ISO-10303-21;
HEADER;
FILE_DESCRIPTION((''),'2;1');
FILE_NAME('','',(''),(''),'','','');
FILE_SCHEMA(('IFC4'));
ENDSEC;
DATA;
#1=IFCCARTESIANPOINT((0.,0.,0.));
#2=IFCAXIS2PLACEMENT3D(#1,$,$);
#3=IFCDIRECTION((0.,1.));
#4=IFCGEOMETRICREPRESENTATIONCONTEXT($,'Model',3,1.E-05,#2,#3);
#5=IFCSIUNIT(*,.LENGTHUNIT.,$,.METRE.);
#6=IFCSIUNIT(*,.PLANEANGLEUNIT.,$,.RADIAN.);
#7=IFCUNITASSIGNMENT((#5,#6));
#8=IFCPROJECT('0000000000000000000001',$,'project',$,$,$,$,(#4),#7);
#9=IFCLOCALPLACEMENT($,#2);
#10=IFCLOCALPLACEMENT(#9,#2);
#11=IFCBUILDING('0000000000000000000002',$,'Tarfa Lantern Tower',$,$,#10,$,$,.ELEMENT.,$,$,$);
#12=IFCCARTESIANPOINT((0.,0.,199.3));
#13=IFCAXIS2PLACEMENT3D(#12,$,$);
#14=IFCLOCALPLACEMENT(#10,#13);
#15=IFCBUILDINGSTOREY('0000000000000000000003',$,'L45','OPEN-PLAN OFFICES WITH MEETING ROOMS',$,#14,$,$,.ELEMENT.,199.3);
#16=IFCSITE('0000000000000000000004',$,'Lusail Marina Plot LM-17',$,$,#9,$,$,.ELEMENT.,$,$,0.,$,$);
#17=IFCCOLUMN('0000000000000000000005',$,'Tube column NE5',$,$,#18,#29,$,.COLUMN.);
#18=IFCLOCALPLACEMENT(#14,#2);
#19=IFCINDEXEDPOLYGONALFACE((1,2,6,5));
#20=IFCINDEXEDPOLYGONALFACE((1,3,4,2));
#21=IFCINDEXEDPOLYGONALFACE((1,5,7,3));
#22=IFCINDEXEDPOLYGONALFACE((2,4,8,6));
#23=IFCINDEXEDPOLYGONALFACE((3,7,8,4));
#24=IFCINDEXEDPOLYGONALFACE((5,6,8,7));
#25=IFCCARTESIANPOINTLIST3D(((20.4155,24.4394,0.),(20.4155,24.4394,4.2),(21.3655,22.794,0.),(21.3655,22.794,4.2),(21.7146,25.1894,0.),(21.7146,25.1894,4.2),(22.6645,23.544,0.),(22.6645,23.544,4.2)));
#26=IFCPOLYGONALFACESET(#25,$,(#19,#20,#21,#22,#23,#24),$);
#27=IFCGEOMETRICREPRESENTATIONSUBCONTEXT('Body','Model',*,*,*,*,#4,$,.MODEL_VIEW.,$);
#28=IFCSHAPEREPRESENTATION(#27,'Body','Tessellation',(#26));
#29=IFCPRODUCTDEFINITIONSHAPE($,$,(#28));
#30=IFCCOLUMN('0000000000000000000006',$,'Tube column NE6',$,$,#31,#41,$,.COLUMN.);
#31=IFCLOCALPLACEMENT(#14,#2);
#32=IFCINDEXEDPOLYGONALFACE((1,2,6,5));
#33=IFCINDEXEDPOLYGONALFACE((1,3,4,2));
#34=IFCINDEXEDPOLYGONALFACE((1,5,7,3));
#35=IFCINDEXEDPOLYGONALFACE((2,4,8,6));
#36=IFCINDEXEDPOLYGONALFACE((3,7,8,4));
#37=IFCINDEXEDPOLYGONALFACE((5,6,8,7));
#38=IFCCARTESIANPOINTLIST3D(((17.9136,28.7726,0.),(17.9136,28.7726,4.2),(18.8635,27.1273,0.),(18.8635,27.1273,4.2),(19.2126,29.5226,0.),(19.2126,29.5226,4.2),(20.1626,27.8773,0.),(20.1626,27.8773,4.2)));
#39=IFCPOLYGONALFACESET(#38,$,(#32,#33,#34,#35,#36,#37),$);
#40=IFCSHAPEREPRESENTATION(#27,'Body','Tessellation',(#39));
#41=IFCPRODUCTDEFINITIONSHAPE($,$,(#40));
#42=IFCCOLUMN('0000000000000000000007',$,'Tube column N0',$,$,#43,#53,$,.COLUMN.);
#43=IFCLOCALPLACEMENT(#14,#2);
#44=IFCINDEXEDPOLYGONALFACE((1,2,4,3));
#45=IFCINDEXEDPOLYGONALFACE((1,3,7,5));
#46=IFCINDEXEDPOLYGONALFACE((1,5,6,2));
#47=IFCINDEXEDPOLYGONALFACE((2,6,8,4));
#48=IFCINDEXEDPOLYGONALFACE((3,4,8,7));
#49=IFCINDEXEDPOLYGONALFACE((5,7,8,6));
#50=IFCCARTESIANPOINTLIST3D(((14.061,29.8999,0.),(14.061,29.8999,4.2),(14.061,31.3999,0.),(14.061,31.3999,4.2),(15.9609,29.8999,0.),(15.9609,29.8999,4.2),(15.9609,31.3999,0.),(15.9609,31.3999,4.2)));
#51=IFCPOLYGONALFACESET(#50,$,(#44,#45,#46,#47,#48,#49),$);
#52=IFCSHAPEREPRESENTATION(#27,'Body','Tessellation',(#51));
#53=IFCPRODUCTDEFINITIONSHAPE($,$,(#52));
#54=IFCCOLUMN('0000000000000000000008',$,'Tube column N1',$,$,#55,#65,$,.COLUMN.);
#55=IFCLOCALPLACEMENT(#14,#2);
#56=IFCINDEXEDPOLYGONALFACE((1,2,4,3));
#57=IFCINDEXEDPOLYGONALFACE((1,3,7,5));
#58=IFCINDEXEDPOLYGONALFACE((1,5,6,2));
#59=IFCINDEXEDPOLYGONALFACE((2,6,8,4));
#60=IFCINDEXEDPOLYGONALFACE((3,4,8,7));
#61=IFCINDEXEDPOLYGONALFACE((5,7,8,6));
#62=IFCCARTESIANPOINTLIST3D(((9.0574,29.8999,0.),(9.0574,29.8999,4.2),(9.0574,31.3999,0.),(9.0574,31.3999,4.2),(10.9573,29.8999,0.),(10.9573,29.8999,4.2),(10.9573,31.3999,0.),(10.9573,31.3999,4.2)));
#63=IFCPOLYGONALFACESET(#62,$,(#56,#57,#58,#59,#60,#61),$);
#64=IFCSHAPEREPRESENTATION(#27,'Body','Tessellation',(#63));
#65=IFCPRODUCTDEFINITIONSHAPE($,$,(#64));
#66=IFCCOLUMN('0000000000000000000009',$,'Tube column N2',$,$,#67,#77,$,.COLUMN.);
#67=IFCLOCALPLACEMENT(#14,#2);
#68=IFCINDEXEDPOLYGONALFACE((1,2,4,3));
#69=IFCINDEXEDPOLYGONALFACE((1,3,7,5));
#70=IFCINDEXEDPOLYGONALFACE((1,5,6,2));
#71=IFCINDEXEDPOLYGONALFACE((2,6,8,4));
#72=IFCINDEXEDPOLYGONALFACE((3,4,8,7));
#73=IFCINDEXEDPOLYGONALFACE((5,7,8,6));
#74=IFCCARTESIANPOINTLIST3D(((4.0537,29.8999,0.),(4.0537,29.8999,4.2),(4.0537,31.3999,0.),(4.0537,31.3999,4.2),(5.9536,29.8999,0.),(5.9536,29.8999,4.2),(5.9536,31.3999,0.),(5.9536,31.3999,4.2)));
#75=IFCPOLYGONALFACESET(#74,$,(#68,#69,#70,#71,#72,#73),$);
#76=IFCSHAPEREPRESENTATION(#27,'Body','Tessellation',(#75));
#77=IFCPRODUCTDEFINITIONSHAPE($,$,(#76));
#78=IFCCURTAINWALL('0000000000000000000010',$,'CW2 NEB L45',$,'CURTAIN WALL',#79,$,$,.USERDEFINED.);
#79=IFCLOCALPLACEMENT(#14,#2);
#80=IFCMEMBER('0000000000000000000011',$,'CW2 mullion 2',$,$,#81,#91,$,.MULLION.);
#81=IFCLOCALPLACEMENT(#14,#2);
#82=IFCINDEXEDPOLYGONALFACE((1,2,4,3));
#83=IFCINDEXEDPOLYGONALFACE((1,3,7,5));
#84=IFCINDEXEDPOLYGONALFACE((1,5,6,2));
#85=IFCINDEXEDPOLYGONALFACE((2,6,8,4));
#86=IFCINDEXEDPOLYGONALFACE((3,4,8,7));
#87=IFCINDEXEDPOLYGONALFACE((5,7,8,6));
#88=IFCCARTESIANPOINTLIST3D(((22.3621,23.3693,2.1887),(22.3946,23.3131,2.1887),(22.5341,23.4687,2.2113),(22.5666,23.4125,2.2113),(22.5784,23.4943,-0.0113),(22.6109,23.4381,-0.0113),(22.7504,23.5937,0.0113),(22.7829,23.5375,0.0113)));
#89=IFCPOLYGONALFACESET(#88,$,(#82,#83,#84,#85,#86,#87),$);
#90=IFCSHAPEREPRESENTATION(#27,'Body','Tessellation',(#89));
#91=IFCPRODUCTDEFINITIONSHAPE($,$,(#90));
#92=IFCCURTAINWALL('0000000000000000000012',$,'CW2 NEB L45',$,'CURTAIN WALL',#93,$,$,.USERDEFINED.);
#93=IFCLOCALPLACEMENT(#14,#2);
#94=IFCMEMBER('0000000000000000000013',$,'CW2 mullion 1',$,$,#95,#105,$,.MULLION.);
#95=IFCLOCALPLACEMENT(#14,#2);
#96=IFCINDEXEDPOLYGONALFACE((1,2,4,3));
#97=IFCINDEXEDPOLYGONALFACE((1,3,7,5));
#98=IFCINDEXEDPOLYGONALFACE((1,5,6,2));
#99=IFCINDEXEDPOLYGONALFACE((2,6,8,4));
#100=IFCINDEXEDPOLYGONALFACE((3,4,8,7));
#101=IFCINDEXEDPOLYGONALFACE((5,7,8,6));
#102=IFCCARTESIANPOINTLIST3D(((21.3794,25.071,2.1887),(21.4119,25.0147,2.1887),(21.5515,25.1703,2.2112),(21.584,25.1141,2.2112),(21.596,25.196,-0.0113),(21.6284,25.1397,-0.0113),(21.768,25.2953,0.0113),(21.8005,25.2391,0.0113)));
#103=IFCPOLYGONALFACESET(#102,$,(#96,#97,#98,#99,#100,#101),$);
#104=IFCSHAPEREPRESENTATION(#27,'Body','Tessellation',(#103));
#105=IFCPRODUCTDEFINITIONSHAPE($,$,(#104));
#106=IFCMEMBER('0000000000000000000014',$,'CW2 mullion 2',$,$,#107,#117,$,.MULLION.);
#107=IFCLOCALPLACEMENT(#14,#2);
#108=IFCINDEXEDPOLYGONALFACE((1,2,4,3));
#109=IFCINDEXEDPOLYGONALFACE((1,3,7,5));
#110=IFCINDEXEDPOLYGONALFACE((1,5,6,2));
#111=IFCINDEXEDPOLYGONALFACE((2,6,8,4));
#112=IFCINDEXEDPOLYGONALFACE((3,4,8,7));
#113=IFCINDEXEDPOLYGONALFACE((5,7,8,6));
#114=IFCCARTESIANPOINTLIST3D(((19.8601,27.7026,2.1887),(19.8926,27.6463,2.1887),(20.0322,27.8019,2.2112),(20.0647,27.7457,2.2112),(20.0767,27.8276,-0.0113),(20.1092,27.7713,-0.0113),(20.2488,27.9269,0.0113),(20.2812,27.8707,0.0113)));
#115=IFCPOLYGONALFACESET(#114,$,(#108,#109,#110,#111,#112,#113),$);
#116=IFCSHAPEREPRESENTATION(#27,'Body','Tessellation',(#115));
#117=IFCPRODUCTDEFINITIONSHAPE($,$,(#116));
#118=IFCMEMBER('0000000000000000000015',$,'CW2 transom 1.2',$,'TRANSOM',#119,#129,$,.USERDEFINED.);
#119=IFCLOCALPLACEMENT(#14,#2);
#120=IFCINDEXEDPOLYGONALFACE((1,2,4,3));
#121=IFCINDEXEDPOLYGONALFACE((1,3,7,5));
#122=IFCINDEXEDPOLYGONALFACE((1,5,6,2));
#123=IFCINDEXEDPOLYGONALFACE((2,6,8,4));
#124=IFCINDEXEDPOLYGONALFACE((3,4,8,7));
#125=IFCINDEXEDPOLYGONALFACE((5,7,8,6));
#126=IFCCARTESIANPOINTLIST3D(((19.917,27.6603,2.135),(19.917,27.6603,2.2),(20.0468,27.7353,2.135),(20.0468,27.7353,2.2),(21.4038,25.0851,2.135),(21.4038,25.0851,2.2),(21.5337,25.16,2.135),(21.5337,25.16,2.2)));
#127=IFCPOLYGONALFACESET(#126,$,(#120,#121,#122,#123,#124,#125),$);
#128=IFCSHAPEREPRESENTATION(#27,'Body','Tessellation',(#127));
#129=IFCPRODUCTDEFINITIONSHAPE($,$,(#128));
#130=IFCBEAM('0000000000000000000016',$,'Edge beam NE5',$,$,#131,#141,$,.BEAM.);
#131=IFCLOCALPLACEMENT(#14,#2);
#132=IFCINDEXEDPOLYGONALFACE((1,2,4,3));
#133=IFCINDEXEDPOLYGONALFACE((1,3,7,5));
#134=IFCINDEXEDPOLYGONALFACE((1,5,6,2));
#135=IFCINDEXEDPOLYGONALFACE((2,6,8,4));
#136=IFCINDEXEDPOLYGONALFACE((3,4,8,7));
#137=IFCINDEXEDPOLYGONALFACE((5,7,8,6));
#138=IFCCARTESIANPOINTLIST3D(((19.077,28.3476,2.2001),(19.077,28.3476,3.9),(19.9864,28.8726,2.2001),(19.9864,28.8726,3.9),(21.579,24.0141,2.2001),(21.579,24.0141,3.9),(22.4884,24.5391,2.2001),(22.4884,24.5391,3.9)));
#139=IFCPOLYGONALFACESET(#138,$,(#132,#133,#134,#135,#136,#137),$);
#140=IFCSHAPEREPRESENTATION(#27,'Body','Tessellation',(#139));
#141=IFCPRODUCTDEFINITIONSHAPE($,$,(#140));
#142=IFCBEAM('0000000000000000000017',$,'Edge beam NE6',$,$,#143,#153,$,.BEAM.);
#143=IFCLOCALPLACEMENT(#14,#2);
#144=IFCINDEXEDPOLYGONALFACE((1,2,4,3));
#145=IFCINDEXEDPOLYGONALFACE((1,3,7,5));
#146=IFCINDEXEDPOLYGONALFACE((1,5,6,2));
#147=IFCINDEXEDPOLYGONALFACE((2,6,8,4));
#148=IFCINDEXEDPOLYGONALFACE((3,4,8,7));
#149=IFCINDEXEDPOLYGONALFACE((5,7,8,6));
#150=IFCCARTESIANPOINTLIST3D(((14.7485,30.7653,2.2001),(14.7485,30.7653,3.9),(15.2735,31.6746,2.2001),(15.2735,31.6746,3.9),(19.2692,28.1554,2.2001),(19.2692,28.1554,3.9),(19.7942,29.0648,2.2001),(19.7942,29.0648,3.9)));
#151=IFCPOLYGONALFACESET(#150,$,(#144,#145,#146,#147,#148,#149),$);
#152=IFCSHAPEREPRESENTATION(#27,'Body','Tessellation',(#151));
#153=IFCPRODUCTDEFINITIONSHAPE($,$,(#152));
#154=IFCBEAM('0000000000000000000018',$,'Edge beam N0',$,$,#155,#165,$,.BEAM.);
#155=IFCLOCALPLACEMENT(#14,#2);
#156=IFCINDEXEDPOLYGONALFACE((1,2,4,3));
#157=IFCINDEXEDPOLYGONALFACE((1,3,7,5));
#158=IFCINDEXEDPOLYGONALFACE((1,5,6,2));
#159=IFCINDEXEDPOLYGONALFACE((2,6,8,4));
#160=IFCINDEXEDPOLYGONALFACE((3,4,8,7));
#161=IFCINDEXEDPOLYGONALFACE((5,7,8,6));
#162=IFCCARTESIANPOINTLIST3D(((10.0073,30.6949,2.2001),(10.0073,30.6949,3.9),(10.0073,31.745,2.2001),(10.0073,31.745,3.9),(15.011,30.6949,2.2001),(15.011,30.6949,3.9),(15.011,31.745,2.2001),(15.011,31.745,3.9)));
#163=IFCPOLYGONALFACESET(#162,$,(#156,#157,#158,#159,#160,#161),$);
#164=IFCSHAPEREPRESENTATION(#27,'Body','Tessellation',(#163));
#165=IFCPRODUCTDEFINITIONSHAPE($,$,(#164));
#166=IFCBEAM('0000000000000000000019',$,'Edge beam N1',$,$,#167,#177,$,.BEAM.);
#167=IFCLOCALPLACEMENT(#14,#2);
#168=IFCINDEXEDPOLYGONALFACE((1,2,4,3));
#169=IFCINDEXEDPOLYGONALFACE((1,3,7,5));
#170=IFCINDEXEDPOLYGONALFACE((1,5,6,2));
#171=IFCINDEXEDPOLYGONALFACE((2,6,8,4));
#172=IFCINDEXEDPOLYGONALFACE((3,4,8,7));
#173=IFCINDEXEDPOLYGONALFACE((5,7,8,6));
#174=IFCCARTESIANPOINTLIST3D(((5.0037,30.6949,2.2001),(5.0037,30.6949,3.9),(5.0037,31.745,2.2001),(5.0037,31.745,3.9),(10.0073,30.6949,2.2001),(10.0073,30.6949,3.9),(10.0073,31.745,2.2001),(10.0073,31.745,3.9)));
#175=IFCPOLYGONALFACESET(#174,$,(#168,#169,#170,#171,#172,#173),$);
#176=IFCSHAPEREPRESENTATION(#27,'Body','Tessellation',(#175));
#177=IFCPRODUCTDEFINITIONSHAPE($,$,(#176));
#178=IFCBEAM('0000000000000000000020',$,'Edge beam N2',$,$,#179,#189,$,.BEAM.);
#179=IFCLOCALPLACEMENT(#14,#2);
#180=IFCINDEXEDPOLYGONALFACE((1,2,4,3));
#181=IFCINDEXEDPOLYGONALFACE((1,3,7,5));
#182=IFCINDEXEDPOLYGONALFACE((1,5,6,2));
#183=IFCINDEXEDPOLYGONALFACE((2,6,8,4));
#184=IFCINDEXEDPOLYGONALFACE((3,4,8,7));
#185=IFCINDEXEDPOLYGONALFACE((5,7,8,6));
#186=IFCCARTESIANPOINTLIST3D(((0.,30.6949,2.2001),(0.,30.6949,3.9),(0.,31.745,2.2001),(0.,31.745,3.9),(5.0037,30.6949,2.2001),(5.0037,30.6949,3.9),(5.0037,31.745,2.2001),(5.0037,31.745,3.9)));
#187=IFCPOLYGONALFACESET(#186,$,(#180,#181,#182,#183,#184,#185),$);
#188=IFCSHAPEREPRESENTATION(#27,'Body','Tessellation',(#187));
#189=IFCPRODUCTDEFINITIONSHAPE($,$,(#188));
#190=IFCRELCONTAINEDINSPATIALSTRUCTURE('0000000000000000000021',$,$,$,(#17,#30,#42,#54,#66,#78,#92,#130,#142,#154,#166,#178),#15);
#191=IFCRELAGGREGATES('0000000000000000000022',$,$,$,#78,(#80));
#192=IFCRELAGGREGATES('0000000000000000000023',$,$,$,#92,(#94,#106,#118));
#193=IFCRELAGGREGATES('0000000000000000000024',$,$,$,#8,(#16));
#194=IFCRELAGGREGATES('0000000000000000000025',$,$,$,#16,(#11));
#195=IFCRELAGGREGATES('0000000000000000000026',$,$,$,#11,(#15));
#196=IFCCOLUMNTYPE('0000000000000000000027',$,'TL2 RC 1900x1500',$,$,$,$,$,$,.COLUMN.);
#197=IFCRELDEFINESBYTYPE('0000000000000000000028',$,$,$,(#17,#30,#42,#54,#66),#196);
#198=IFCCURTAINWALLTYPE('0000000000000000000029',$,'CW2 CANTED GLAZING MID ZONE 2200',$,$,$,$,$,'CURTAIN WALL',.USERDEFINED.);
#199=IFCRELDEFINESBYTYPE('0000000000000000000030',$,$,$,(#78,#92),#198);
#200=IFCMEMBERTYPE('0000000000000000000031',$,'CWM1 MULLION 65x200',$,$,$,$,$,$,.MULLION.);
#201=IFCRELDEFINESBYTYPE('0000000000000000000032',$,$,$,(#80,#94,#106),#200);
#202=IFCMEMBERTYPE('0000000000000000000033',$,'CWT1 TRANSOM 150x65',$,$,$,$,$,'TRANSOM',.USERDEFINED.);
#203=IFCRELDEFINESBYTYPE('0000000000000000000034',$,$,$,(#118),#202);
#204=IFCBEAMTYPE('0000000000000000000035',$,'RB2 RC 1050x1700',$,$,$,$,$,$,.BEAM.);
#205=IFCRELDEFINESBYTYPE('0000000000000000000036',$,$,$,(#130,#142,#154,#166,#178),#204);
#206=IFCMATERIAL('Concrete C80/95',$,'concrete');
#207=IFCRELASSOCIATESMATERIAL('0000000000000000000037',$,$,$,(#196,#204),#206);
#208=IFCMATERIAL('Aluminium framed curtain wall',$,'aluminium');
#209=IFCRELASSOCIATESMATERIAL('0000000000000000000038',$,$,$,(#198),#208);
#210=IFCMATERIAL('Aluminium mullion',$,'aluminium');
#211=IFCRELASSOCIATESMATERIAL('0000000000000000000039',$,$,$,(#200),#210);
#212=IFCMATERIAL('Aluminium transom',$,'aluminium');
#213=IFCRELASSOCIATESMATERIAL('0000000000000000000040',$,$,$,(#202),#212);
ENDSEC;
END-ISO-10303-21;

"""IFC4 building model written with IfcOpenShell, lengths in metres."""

from ifc_helpers import new_model, si_unit, direction, frame, origin, origin_2d, place, context, subcontext, project, spatial, rectangle, extrude, material, material_profile, profile_set, type_object, element, aggregate, save


model = new_model("IFC4")

# Units and contexts
model_context = context("Model", 3, precision=1e-05, world=origin(), true_north=direction((0.0, 1.0)))
body_context = subcontext(model_context, "Body", "Model", "MODEL_VIEW")
ifc_project = project(units=[si_unit("LENGTHUNIT", "METRE"), si_unit("PLANEANGLEUNIT", "RADIAN")], contexts=[model_context])

# Site, building, storey
site_placement = place(None, origin())
site = spatial("IfcSite", under=ifc_project, at=site_placement, Name="Lusail Marina Plot LM-17", CompositionType="ELEMENT", RefElevation=0.0)
building_placement = place(site_placement, origin())
building = spatial("IfcBuilding", under=site, at=building_placement, Name="Tarfa Lantern Tower", CompositionType="ELEMENT")
storey_placement = place(building_placement, frame((0.0, 0.0, 199.3)))
storey = spatial("IfcBuildingStorey", under=building, at=storey_placement, Name="L45", Description="OPEN-PLAN OFFICES WITH MEETING ROOMS", CompositionType="ELEMENT", Elevation=199.3)

# Columns
ifc_material_1 = material(Name="Concrete C80/95", Category="concrete")
ifc_material_profile_1 = material_profile(ifc_material_1, rectangle(XDim=1.8999, YDim=1.5, at=origin_2d()), Name="RC 1900x1500")
ifc_profile_set_1 = profile_set([ifc_material_profile_1], Name="Concrete C80/95")
column_type = type_object("IfcColumnType", Name="TL2 RC 1900x1500", PredefinedType="COLUMN", material=ifc_profile_set_1)
for number, where, z_axis, x_axis, name in (
    (1, (21.54, 23.9917, 0.0), (0.0, 0.0, 1.0), (-0.5, 0.866025, 0.0), "Tube column NE5"),
    (2, (19.0381, 28.325, 0.0), (0.0, 0.0, 1.0), (-0.5, 0.866025, 0.0), "Tube column NE6"),
    (3, (15.011, 30.6499, 0.0), (0.0, 0.0, 1.0), (-1.0, 0.0, 0.0), "Tube column N0"),
    (4, (10.0073, 30.6499, 0.0), (0.0, 0.0, 1.0), (-1.0, 0.0, 0.0), "Tube column N1"),
    (5, (5.0037, 30.6499, 0.0), (0.0, 0.0, 1.0), (-1.0, 0.0, 0.0), "Tube column N2"),
):
    element("IfcColumn", number, at=place(storey_placement, frame(where, z_axis=z_axis, x_axis=x_axis)), inside=storey, type_object=column_type, Name=name, PredefinedType="COLUMN", context=body_context, shape_type="SweptSolid", body=[
        extrude(rectangle(XDim=1.8999, YDim=1.5, at=origin_2d()), origin(), (0.0, 0.0, 1.0), 4.2),
    ])

# Curtain wall, member
ifc_material_2 = material(Name="Aluminium framed curtain wall", Category="aluminium")
curtain_wall_type = type_object("IfcCurtainWallType", Name="CW2 CANTED GLAZING MID ZONE 2200", ElementType="CURTAIN WALL", PredefinedType="USERDEFINED", material=ifc_material_2)
curtain_wall_1_placement = place(storey_placement, origin())
curtain_wall_1 = element("IfcCurtainWall", 6, at=curtain_wall_1_placement, inside=storey, type_object=curtain_wall_type, Name="CW2 NEB L45", ObjectType="CURTAIN WALL", PredefinedType="USERDEFINED")
ifc_material_3 = material(Name="Aluminium mullion", Category="aluminium")
ifc_material_profile_2 = material_profile(ifc_material_3, rectangle(XDim=0.0649, YDim=0.2, at=origin_2d()), Name="AL MULLION 65x200")
ifc_profile_set_2 = profile_set([ifc_material_profile_2], Name="Aluminium mullion")
member_type_1 = type_object("IfcMemberType", Name="CWM1 MULLION 65x200", PredefinedType="MULLION", material=ifc_profile_set_2)
member_1_placement = place(storey_placement, frame((22.6807, 23.5159, 0.0), z_axis=(-0.097696, -0.056457, 0.993614), x_axis=(0.500343, -0.865827, 0.0)))
member_1 = element("IfcMember", 7, at=member_1_placement, type_object=member_type_1, Name="CW2 mullion 2", PredefinedType="MULLION", context=body_context, shape_type="SweptSolid", body=[
    extrude(rectangle(XDim=0.0649, YDim=0.2, at=origin_2d()), origin(), (0.0, 0.0, 1.0), 2.2141),
])
aggregate(curtain_wall_1, [member_1])

# Curtain wall, members
curtain_wall_2_placement = place(storey_placement, origin())
curtain_wall_2 = element("IfcCurtainWall", 8, at=curtain_wall_2_placement, inside=storey, type_object=curtain_wall_type, Name="CW2 NEB L45", ObjectType="CURTAIN WALL", PredefinedType="USERDEFINED")
member_2_placement = place(storey_placement, frame((21.6982, 25.2175, 0.0), z_axis=(-0.097806, -0.056456, 0.993603), x_axis=(0.49992, -0.866072, 0.0)))
member_2 = element("IfcMember", 9, at=member_2_placement, type_object=member_type_1, Name="CW2 mullion 1", PredefinedType="MULLION", context=body_context, shape_type="SweptSolid", body=[
    extrude(rectangle(XDim=0.0649, YDim=0.2, at=origin_2d()), origin(), (0.0, 0.0, 1.0), 2.2141),
])
member_3_placement = place(storey_placement, frame((20.179, 27.8491, 0.0), z_axis=(-0.097806, -0.056456, 0.993603), x_axis=(0.49992, -0.866072, 0.0)))
member_3 = element("IfcMember", 10, at=member_3_placement, type_object=member_type_1, Name="CW2 mullion 2", PredefinedType="MULLION", context=body_context, shape_type="SweptSolid", body=[
    extrude(rectangle(XDim=0.0649, YDim=0.2, at=origin_2d()), origin(), (0.0, 0.0, 1.0), 2.2141),
])
ifc_material_4 = material(Name="Aluminium transom", Category="aluminium")
ifc_material_profile_3 = material_profile(ifc_material_4, rectangle(XDim=0.1499, YDim=0.0649, at=origin_2d()), Name="AL TRANSOM 150x65")
ifc_profile_set_3 = profile_set([ifc_material_profile_3], Name="Aluminium transom")
member_type_2 = type_object("IfcMemberType", Name="CWT1 TRANSOM 150x65", ElementType="TRANSOM", PredefinedType="USERDEFINED", material=ifc_profile_set_3)
member_4_placement = place(storey_placement, frame((21.4688, 25.1226, 2.1675), z_axis=(-0.500007, 0.866022, 0.0), x_axis=(-0.866022, -0.500007, 0.0)))
member_4 = element("IfcMember", 11, at=member_4_placement, type_object=member_type_2, Name="CW2 transom 1.2", ObjectType="TRANSOM", PredefinedType="USERDEFINED", context=body_context, shape_type="SweptSolid", body=[
    extrude(rectangle(XDim=0.1499, YDim=0.0649, at=origin_2d()), origin(), (0.0, 0.0, 1.0), 2.9736),
])

# Beams
ifc_material_profile_4 = material_profile(ifc_material_1, rectangle(XDim=1.05, YDim=1.7, at=origin_2d()), Name="RC 1050x1700")
ifc_profile_set_4 = profile_set([ifc_material_profile_4], Name="Concrete C80/95")
beam_type_1 = type_object("IfcBeamType", Name="RB2 RC 1050x1700", PredefinedType="BEAM", material=ifc_profile_set_4)
beam_1_placement = place(storey_placement, frame((22.0337, 24.2766, 3.05), z_axis=(-0.500001, 0.866025, 0.0), x_axis=(-0.866025, -0.500001, 0.0)))
element("IfcBeam", 12, at=beam_1_placement, inside=storey, type_object=beam_type_1, Name="Edge beam NE5", PredefinedType="BEAM", context=body_context, shape_type="SweptSolid", body=[
    extrude(rectangle(XDim=1.05, YDim=1.7, at=origin_2d()), origin(), (0.0, 0.0, 1.0), 5.0039),
])
beam_2_placement = place(storey_placement, frame((19.5317, 28.6101, 3.05), z_axis=(-0.866042, 0.499972, 0.0), x_axis=(-0.499972, -0.866042, 0.0)))
element("IfcBeam", 13, at=beam_2_placement, inside=storey, type_object=beam_type_1, Name="Edge beam NE6", PredefinedType="BEAM", context=body_context, shape_type="SweptSolid", body=[
    extrude(rectangle(XDim=1.05, YDim=1.7, at=origin_2d()), origin(), (0.0, 0.0, 1.0), 5.22),
])
for number, where, z_axis, x_axis, name in (
    (14, (15.011, 31.22, 3.05), (-1.0, 0.0, 0.0), (0.0, -1.0, 0.0), "Edge beam N0"),
    (15, (10.0073, 31.22, 3.05), (-1.0, 0.0, 0.0), (0.0, -1.0, 0.0), "Edge beam N1"),
    (16, (5.0037, 31.22, 3.05), (-1.0, 0.0, 0.0), (0.0, -1.0, 0.0), "Edge beam N2"),
):
    element("IfcBeam", number, at=place(storey_placement, frame(where, z_axis=z_axis, x_axis=x_axis)), inside=storey, type_object=beam_type_1, Name=name, PredefinedType="BEAM", context=body_context, shape_type="SweptSolid", body=[
        extrude(rectangle(XDim=1.05, YDim=1.7, at=origin_2d()), origin(), (0.0, 0.0, 1.0), 5.0037),
    ])

aggregate(curtain_wall_2, [member_2, member_3, member_4])

save(model, "model.ifc")
